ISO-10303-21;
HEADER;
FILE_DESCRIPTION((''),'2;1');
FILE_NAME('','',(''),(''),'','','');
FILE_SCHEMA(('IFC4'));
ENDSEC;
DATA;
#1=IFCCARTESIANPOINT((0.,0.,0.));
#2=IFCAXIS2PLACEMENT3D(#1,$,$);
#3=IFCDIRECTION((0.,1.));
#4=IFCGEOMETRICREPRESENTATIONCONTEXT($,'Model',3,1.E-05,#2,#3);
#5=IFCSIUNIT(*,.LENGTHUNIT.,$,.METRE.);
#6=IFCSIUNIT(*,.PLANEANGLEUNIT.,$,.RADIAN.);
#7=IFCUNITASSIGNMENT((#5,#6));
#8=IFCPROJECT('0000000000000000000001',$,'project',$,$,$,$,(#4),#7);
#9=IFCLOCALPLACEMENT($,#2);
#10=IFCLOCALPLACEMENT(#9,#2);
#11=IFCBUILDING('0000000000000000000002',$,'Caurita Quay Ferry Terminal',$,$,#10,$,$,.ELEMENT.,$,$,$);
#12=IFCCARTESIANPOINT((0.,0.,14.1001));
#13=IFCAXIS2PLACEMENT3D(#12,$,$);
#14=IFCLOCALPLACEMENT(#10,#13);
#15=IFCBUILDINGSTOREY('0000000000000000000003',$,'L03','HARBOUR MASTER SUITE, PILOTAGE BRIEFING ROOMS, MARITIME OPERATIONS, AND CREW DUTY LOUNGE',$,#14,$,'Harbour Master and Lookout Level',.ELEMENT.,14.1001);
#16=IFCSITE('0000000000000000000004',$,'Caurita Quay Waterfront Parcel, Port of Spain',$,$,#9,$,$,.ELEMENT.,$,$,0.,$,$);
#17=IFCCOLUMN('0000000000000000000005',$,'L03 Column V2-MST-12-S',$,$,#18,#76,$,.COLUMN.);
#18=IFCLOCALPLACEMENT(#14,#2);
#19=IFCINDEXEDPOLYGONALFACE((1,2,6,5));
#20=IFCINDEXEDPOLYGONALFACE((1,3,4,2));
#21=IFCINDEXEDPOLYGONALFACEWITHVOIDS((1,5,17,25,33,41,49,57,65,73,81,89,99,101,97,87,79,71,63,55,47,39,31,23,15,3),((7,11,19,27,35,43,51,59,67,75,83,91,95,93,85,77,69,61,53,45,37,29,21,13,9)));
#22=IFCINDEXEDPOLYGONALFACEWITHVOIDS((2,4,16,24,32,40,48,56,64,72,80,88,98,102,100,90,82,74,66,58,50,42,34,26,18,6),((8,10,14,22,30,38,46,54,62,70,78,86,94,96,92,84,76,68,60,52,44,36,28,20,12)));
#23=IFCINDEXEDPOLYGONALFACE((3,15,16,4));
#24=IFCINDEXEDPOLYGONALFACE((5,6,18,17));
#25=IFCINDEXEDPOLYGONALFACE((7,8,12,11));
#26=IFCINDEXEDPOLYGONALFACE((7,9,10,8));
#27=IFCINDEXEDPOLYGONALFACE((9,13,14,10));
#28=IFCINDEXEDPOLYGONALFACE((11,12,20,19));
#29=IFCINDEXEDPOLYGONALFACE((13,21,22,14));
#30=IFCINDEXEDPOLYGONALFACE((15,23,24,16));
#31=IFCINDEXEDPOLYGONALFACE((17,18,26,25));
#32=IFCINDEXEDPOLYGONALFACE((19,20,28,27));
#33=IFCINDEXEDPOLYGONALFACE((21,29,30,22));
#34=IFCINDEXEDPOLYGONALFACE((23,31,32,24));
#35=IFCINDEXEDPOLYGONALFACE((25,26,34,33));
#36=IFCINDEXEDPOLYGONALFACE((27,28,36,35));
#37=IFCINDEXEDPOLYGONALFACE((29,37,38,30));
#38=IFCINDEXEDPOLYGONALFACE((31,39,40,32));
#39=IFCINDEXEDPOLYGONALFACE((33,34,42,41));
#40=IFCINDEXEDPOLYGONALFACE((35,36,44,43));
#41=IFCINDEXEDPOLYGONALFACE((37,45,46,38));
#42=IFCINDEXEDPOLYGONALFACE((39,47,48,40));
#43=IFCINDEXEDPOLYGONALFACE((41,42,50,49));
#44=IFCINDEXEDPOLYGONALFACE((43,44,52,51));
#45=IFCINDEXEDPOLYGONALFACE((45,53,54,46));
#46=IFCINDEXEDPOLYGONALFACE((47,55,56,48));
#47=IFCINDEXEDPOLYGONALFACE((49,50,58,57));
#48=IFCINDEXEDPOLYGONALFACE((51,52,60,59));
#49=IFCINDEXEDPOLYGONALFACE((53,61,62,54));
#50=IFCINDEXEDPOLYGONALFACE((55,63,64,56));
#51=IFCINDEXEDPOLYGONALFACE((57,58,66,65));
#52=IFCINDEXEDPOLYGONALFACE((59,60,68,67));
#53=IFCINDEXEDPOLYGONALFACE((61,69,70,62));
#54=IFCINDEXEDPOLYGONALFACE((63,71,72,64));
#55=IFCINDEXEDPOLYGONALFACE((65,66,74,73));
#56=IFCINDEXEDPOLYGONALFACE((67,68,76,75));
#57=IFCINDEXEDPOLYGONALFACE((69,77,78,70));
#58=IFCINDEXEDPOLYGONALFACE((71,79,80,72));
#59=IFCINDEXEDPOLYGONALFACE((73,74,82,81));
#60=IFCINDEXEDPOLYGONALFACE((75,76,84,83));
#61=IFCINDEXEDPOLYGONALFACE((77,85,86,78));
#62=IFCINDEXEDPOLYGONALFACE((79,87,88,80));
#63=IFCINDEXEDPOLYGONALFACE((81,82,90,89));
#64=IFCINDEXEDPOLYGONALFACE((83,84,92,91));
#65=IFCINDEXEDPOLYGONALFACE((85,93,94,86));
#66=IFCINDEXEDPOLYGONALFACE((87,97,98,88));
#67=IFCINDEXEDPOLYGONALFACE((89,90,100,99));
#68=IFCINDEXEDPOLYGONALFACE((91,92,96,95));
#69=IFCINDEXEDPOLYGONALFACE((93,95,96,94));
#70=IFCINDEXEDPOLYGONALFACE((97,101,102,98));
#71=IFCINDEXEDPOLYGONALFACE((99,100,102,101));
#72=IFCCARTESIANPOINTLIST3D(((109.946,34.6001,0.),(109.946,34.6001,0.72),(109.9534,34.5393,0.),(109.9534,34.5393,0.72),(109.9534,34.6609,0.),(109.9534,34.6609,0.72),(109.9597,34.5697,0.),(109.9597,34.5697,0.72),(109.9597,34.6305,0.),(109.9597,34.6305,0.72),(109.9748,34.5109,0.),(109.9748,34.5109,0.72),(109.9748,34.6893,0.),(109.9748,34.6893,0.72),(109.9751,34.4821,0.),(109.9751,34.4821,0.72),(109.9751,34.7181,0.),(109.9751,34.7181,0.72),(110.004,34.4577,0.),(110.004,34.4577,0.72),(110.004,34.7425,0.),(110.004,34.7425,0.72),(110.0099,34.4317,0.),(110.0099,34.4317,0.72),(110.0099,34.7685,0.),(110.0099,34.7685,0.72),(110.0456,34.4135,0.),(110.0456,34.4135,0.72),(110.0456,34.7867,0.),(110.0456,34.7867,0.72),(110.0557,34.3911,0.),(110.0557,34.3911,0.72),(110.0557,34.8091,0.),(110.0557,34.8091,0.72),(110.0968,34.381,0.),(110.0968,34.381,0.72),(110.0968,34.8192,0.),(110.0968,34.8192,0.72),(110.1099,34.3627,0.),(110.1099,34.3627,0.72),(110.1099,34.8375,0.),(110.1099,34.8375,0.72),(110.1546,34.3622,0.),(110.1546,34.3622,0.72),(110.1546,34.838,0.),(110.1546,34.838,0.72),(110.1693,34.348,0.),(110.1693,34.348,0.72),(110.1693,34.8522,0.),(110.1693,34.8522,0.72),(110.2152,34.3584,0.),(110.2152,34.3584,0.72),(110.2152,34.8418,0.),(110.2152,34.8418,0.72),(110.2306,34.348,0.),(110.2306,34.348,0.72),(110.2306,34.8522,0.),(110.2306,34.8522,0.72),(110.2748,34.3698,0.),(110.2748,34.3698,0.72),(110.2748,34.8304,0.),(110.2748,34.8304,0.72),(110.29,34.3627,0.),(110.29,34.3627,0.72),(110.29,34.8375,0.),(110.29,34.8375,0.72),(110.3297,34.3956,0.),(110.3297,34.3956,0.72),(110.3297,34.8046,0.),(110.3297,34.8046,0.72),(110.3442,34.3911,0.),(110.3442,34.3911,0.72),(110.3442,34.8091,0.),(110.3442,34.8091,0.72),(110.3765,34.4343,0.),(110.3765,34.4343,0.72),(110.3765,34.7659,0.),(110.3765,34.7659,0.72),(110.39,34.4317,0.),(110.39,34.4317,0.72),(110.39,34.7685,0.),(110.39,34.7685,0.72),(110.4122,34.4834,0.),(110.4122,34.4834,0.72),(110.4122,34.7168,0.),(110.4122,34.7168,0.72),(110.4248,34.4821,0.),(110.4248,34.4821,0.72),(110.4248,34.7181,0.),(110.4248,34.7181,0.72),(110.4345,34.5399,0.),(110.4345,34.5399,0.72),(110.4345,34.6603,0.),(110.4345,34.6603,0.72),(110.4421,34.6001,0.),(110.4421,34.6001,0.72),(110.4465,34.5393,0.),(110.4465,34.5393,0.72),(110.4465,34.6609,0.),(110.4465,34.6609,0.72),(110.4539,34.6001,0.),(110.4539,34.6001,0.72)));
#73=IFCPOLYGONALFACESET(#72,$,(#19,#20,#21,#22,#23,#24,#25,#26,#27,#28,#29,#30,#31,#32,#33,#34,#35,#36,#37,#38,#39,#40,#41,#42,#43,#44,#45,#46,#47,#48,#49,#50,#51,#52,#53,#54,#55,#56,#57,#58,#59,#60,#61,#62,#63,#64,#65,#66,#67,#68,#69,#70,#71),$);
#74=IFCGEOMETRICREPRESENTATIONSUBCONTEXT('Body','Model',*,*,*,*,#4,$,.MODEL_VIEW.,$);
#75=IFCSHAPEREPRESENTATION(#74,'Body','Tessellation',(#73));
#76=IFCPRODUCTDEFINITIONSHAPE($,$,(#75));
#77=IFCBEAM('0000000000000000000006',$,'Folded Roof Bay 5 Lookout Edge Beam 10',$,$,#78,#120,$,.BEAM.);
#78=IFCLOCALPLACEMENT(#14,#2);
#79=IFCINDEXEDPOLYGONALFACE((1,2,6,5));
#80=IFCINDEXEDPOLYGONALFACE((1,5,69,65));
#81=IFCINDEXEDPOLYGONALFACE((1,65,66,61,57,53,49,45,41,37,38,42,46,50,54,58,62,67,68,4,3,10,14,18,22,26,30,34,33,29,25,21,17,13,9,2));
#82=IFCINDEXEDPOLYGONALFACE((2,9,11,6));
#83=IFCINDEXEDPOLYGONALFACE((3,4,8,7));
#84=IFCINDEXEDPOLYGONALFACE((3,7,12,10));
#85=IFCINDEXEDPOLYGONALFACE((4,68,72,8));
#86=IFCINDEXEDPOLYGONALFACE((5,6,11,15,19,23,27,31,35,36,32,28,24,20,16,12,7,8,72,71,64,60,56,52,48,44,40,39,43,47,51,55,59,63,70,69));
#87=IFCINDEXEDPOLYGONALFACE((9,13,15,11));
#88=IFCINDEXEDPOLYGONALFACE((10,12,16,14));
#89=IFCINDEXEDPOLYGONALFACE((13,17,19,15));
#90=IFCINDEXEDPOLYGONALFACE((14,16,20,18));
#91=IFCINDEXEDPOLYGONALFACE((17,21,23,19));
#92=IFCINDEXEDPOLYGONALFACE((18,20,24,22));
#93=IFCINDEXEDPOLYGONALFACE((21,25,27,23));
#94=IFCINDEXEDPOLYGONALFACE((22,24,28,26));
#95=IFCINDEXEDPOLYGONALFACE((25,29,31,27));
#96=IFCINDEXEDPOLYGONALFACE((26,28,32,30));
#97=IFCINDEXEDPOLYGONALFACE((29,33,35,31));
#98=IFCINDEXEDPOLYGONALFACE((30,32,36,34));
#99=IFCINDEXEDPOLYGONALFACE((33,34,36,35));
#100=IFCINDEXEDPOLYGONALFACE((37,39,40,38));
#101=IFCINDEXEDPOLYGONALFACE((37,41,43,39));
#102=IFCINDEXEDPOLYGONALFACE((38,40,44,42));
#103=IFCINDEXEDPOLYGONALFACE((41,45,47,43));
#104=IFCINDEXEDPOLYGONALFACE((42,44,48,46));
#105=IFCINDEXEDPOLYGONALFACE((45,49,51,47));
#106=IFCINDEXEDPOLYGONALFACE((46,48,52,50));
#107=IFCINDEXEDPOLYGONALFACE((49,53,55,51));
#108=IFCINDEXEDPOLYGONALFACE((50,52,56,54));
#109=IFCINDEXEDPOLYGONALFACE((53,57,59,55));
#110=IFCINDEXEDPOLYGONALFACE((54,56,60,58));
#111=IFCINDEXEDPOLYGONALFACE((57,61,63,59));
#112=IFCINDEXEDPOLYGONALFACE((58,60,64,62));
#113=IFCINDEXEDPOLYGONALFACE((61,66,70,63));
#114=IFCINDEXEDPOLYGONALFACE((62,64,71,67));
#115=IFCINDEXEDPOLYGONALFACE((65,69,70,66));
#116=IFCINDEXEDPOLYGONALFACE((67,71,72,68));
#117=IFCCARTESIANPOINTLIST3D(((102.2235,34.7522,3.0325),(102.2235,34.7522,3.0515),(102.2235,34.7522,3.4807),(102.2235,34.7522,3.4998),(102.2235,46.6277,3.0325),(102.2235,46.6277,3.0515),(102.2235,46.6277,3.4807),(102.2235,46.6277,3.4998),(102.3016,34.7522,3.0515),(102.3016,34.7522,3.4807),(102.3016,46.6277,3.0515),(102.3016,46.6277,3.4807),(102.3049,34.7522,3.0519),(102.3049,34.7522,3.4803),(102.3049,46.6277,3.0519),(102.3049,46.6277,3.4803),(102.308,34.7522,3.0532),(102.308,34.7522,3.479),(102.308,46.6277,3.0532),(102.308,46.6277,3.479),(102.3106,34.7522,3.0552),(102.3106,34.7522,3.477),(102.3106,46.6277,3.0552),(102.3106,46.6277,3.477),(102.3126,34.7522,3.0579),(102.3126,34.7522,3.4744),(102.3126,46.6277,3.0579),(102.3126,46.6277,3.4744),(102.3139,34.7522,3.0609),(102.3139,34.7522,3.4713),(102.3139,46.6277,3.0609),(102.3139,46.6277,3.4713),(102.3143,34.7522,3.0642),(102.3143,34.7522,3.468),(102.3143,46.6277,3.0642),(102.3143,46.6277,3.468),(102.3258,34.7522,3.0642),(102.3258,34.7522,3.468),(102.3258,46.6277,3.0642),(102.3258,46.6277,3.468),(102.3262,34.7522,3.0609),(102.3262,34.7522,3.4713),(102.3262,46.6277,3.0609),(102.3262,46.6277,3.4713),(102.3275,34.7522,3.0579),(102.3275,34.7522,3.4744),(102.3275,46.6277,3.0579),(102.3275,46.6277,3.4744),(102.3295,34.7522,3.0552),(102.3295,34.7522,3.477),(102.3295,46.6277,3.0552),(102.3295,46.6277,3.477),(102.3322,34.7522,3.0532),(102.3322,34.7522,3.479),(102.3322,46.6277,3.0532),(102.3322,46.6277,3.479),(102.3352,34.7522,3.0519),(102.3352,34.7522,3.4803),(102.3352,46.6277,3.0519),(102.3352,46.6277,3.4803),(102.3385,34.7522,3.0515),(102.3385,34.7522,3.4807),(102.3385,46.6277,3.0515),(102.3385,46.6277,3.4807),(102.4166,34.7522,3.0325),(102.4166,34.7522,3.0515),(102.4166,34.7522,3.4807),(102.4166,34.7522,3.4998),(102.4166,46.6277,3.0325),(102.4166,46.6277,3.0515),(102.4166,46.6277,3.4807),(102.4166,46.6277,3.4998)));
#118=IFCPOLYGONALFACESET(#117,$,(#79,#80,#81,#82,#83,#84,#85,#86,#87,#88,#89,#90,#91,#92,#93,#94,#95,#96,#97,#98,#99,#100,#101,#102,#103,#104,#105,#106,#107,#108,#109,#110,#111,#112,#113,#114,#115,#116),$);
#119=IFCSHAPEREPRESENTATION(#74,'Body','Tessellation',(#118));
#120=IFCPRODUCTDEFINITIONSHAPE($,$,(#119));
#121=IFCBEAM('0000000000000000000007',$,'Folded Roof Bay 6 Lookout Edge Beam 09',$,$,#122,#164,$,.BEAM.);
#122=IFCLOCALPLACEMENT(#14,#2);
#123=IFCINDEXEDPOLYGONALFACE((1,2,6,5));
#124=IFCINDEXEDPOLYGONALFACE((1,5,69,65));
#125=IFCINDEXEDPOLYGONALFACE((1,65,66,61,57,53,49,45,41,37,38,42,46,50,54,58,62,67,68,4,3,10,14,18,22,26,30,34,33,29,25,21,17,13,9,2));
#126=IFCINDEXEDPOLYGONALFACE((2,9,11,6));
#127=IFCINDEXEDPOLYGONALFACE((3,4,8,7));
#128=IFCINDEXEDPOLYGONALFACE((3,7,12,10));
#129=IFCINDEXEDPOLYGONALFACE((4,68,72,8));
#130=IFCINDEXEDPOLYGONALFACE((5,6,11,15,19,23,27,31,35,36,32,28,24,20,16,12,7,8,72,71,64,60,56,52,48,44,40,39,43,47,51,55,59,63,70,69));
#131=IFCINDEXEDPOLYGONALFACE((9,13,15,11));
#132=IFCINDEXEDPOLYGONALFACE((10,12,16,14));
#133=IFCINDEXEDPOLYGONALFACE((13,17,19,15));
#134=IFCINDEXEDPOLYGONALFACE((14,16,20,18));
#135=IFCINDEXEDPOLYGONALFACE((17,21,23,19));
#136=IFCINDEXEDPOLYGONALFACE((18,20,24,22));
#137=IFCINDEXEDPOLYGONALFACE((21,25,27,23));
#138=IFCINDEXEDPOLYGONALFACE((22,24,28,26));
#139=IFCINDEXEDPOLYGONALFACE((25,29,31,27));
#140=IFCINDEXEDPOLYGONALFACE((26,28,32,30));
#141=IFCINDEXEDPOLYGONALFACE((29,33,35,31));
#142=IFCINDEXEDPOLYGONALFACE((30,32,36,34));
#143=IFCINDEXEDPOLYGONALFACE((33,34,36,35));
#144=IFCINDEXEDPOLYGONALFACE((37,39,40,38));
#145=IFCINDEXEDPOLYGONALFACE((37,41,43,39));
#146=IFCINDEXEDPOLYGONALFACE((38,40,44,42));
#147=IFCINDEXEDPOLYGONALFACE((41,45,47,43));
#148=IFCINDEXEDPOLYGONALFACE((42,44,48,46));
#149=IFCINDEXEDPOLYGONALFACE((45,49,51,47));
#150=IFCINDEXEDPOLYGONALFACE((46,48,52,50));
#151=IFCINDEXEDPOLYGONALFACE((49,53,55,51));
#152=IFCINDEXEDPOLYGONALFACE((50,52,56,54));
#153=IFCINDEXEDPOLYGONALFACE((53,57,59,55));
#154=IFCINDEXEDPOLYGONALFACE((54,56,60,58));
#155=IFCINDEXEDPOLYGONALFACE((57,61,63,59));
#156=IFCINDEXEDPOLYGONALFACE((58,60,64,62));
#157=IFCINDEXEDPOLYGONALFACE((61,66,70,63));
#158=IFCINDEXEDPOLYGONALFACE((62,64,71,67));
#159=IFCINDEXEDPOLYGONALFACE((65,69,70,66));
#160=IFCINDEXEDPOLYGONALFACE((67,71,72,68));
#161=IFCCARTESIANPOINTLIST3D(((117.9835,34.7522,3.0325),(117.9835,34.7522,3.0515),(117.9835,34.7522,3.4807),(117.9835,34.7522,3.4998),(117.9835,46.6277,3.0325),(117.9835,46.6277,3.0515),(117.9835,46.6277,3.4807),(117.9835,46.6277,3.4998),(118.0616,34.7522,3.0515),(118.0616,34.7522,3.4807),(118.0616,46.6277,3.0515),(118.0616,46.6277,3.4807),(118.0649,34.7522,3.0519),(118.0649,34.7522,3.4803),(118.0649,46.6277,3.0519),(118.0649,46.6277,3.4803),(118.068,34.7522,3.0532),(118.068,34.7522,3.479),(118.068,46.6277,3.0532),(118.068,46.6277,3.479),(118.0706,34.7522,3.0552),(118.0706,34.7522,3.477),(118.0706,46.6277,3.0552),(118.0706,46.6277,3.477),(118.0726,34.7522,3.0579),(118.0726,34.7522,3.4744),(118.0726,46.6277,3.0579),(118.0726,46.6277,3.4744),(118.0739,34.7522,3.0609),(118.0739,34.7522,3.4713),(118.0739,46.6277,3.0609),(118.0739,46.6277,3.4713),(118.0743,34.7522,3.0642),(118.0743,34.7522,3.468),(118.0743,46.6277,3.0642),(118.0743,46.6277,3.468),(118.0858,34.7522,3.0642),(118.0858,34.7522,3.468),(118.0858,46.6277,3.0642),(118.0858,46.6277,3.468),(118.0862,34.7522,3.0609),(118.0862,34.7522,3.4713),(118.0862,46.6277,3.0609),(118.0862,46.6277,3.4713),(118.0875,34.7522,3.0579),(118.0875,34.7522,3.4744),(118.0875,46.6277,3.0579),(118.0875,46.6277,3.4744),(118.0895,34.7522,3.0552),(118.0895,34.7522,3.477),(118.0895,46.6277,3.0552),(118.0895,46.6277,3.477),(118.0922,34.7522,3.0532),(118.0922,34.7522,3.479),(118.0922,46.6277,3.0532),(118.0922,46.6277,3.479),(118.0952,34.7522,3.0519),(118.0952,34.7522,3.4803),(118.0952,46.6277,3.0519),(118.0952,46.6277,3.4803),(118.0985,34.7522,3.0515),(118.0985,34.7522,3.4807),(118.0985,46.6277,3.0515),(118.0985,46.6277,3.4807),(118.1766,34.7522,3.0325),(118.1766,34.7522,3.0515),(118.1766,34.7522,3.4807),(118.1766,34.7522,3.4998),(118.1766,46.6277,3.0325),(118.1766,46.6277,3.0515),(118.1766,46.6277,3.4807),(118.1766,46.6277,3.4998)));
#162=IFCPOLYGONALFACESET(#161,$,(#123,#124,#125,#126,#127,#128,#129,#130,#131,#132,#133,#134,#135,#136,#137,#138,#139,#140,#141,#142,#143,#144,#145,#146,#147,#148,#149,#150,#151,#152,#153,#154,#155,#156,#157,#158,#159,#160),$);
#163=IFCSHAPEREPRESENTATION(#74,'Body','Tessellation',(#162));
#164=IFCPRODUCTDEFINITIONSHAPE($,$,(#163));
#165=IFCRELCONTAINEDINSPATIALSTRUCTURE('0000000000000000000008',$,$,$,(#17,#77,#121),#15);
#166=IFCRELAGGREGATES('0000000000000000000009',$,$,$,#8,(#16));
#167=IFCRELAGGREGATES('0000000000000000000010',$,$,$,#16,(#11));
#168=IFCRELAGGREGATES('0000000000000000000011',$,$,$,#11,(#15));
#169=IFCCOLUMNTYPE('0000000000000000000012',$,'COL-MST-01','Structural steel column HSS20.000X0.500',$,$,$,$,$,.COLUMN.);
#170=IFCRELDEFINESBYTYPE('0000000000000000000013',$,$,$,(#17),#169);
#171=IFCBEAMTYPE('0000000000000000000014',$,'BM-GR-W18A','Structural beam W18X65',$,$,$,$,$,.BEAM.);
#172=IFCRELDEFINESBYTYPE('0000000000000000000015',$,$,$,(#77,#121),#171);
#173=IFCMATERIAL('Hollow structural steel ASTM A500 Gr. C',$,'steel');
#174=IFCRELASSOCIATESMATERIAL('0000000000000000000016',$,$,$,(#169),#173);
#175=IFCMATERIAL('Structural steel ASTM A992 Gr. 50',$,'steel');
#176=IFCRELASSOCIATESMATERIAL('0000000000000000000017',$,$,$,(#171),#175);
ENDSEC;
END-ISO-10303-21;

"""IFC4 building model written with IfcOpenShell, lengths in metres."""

from ifc_helpers import new_model, si_unit, direction, frame, origin, origin_2d, place, context, subcontext, project, spatial, hollow_circle, i_section, extrude, material, material_profile, profile_set, type_object, element, save


model = new_model("IFC4")

# Units and contexts
model_context = context("Model", 3, precision=1e-05, world=origin(), true_north=direction((0.0, 1.0)))
body_context = subcontext(model_context, "Body", "Model", "MODEL_VIEW")
ifc_project = project(units=[si_unit("LENGTHUNIT", "METRE"), si_unit("PLANEANGLEUNIT", "RADIAN")], contexts=[model_context])

# Site, building, storey
site_placement = place(None, origin())
site = spatial("IfcSite", under=ifc_project, at=site_placement, Name="Caurita Quay Waterfront Parcel, Port of Spain", CompositionType="ELEMENT", RefElevation=0.0)
building_placement = place(site_placement, origin())
building = spatial("IfcBuilding", under=site, at=building_placement, Name="Caurita Quay Ferry Terminal", CompositionType="ELEMENT")
storey_placement = place(building_placement, frame((0.0, 0.0, 14.1001)))
storey = spatial("IfcBuildingStorey", under=building, at=storey_placement, Name="L03", Description="HARBOUR MASTER SUITE, PILOTAGE BRIEFING ROOMS, MARITIME OPERATIONS, AND CREW DUTY LOUNGE", LongName="Harbour Master and Lookout Level", CompositionType="ELEMENT", Elevation=14.1001)

# Column
ifc_material_1 = material(Name="Hollow structural steel ASTM A500 Gr. C", Category="steel")
ifc_material_profile_1 = material_profile(ifc_material_1, hollow_circle(Radius=0.2539, WallThickness=0.0117, at=origin_2d()), Name="HSS20.000X0.500")
ifc_profile_set_1 = profile_set([ifc_material_profile_1], Name="Hollow structural steel ASTM A500 Gr. C")
column_type = type_object("IfcColumnType", Name="COL-MST-01", Description="Structural steel column HSS20.000X0.500", PredefinedType="COLUMN", material=ifc_profile_set_1)
column_placement = place(storey_placement, frame((110.2, 34.6001, 0.0), z_axis=(0.0, 0.0, 1.0), x_axis=(1.0, 0.0, 0.0)))
element("IfcColumn", 1, at=column_placement, inside=storey, type_object=column_type, Name="L03 Column V2-MST-12-S", PredefinedType="COLUMN", context=body_context, shape_type="SweptSolid", body=[
    extrude(hollow_circle(Radius=0.2539, WallThickness=0.0117, at=origin_2d()), origin(), (0.0, 0.0, 1.0), 0.72),
])

# Beams
ifc_material_2 = material(Name="Structural steel ASTM A992 Gr. 50", Category="steel")
ifc_material_profile_2 = material_profile(ifc_material_2, i_section(OverallWidth=0.1931, OverallDepth=0.4673, WebThickness=0.0115, FlangeThickness=0.019, FilletRadius=0.0127, at=origin_2d()), Name="W18X65")
ifc_profile_set_2 = profile_set([ifc_material_profile_2], Name="Structural steel ASTM A992 Gr. 50")
beam_type_1 = type_object("IfcBeamType", Name="BM-GR-W18A", Description="Structural beam W18X65", PredefinedType="BEAM", material=ifc_profile_set_2)
for number, where, z_axis, x_axis, name in (
    (2, (102.3201, 46.6277, 3.2661), (0.0, -1.0, 0.0), (1.0, 0.0, 0.0), "Folded Roof Bay 5 Lookout Edge Beam 10"),
    (3, (118.0801, 46.6277, 3.2661), (0.0, -1.0, 0.0), (1.0, 0.0, 0.0), "Folded Roof Bay 6 Lookout Edge Beam 09"),
):
    element("IfcBeam", number, at=place(storey_placement, frame(where, z_axis=z_axis, x_axis=x_axis)), inside=storey, type_object=beam_type_1, Name=name, PredefinedType="BEAM", context=body_context, shape_type="SweptSolid", body=[
        extrude(i_section(OverallWidth=0.1931, OverallDepth=0.4673, WebThickness=0.0115, FlangeThickness=0.019, FilletRadius=0.0127, at=origin_2d()), origin(), (0.0, 0.0, 1.0), 11.8755),
    ])

save(model, "model.ifc")
